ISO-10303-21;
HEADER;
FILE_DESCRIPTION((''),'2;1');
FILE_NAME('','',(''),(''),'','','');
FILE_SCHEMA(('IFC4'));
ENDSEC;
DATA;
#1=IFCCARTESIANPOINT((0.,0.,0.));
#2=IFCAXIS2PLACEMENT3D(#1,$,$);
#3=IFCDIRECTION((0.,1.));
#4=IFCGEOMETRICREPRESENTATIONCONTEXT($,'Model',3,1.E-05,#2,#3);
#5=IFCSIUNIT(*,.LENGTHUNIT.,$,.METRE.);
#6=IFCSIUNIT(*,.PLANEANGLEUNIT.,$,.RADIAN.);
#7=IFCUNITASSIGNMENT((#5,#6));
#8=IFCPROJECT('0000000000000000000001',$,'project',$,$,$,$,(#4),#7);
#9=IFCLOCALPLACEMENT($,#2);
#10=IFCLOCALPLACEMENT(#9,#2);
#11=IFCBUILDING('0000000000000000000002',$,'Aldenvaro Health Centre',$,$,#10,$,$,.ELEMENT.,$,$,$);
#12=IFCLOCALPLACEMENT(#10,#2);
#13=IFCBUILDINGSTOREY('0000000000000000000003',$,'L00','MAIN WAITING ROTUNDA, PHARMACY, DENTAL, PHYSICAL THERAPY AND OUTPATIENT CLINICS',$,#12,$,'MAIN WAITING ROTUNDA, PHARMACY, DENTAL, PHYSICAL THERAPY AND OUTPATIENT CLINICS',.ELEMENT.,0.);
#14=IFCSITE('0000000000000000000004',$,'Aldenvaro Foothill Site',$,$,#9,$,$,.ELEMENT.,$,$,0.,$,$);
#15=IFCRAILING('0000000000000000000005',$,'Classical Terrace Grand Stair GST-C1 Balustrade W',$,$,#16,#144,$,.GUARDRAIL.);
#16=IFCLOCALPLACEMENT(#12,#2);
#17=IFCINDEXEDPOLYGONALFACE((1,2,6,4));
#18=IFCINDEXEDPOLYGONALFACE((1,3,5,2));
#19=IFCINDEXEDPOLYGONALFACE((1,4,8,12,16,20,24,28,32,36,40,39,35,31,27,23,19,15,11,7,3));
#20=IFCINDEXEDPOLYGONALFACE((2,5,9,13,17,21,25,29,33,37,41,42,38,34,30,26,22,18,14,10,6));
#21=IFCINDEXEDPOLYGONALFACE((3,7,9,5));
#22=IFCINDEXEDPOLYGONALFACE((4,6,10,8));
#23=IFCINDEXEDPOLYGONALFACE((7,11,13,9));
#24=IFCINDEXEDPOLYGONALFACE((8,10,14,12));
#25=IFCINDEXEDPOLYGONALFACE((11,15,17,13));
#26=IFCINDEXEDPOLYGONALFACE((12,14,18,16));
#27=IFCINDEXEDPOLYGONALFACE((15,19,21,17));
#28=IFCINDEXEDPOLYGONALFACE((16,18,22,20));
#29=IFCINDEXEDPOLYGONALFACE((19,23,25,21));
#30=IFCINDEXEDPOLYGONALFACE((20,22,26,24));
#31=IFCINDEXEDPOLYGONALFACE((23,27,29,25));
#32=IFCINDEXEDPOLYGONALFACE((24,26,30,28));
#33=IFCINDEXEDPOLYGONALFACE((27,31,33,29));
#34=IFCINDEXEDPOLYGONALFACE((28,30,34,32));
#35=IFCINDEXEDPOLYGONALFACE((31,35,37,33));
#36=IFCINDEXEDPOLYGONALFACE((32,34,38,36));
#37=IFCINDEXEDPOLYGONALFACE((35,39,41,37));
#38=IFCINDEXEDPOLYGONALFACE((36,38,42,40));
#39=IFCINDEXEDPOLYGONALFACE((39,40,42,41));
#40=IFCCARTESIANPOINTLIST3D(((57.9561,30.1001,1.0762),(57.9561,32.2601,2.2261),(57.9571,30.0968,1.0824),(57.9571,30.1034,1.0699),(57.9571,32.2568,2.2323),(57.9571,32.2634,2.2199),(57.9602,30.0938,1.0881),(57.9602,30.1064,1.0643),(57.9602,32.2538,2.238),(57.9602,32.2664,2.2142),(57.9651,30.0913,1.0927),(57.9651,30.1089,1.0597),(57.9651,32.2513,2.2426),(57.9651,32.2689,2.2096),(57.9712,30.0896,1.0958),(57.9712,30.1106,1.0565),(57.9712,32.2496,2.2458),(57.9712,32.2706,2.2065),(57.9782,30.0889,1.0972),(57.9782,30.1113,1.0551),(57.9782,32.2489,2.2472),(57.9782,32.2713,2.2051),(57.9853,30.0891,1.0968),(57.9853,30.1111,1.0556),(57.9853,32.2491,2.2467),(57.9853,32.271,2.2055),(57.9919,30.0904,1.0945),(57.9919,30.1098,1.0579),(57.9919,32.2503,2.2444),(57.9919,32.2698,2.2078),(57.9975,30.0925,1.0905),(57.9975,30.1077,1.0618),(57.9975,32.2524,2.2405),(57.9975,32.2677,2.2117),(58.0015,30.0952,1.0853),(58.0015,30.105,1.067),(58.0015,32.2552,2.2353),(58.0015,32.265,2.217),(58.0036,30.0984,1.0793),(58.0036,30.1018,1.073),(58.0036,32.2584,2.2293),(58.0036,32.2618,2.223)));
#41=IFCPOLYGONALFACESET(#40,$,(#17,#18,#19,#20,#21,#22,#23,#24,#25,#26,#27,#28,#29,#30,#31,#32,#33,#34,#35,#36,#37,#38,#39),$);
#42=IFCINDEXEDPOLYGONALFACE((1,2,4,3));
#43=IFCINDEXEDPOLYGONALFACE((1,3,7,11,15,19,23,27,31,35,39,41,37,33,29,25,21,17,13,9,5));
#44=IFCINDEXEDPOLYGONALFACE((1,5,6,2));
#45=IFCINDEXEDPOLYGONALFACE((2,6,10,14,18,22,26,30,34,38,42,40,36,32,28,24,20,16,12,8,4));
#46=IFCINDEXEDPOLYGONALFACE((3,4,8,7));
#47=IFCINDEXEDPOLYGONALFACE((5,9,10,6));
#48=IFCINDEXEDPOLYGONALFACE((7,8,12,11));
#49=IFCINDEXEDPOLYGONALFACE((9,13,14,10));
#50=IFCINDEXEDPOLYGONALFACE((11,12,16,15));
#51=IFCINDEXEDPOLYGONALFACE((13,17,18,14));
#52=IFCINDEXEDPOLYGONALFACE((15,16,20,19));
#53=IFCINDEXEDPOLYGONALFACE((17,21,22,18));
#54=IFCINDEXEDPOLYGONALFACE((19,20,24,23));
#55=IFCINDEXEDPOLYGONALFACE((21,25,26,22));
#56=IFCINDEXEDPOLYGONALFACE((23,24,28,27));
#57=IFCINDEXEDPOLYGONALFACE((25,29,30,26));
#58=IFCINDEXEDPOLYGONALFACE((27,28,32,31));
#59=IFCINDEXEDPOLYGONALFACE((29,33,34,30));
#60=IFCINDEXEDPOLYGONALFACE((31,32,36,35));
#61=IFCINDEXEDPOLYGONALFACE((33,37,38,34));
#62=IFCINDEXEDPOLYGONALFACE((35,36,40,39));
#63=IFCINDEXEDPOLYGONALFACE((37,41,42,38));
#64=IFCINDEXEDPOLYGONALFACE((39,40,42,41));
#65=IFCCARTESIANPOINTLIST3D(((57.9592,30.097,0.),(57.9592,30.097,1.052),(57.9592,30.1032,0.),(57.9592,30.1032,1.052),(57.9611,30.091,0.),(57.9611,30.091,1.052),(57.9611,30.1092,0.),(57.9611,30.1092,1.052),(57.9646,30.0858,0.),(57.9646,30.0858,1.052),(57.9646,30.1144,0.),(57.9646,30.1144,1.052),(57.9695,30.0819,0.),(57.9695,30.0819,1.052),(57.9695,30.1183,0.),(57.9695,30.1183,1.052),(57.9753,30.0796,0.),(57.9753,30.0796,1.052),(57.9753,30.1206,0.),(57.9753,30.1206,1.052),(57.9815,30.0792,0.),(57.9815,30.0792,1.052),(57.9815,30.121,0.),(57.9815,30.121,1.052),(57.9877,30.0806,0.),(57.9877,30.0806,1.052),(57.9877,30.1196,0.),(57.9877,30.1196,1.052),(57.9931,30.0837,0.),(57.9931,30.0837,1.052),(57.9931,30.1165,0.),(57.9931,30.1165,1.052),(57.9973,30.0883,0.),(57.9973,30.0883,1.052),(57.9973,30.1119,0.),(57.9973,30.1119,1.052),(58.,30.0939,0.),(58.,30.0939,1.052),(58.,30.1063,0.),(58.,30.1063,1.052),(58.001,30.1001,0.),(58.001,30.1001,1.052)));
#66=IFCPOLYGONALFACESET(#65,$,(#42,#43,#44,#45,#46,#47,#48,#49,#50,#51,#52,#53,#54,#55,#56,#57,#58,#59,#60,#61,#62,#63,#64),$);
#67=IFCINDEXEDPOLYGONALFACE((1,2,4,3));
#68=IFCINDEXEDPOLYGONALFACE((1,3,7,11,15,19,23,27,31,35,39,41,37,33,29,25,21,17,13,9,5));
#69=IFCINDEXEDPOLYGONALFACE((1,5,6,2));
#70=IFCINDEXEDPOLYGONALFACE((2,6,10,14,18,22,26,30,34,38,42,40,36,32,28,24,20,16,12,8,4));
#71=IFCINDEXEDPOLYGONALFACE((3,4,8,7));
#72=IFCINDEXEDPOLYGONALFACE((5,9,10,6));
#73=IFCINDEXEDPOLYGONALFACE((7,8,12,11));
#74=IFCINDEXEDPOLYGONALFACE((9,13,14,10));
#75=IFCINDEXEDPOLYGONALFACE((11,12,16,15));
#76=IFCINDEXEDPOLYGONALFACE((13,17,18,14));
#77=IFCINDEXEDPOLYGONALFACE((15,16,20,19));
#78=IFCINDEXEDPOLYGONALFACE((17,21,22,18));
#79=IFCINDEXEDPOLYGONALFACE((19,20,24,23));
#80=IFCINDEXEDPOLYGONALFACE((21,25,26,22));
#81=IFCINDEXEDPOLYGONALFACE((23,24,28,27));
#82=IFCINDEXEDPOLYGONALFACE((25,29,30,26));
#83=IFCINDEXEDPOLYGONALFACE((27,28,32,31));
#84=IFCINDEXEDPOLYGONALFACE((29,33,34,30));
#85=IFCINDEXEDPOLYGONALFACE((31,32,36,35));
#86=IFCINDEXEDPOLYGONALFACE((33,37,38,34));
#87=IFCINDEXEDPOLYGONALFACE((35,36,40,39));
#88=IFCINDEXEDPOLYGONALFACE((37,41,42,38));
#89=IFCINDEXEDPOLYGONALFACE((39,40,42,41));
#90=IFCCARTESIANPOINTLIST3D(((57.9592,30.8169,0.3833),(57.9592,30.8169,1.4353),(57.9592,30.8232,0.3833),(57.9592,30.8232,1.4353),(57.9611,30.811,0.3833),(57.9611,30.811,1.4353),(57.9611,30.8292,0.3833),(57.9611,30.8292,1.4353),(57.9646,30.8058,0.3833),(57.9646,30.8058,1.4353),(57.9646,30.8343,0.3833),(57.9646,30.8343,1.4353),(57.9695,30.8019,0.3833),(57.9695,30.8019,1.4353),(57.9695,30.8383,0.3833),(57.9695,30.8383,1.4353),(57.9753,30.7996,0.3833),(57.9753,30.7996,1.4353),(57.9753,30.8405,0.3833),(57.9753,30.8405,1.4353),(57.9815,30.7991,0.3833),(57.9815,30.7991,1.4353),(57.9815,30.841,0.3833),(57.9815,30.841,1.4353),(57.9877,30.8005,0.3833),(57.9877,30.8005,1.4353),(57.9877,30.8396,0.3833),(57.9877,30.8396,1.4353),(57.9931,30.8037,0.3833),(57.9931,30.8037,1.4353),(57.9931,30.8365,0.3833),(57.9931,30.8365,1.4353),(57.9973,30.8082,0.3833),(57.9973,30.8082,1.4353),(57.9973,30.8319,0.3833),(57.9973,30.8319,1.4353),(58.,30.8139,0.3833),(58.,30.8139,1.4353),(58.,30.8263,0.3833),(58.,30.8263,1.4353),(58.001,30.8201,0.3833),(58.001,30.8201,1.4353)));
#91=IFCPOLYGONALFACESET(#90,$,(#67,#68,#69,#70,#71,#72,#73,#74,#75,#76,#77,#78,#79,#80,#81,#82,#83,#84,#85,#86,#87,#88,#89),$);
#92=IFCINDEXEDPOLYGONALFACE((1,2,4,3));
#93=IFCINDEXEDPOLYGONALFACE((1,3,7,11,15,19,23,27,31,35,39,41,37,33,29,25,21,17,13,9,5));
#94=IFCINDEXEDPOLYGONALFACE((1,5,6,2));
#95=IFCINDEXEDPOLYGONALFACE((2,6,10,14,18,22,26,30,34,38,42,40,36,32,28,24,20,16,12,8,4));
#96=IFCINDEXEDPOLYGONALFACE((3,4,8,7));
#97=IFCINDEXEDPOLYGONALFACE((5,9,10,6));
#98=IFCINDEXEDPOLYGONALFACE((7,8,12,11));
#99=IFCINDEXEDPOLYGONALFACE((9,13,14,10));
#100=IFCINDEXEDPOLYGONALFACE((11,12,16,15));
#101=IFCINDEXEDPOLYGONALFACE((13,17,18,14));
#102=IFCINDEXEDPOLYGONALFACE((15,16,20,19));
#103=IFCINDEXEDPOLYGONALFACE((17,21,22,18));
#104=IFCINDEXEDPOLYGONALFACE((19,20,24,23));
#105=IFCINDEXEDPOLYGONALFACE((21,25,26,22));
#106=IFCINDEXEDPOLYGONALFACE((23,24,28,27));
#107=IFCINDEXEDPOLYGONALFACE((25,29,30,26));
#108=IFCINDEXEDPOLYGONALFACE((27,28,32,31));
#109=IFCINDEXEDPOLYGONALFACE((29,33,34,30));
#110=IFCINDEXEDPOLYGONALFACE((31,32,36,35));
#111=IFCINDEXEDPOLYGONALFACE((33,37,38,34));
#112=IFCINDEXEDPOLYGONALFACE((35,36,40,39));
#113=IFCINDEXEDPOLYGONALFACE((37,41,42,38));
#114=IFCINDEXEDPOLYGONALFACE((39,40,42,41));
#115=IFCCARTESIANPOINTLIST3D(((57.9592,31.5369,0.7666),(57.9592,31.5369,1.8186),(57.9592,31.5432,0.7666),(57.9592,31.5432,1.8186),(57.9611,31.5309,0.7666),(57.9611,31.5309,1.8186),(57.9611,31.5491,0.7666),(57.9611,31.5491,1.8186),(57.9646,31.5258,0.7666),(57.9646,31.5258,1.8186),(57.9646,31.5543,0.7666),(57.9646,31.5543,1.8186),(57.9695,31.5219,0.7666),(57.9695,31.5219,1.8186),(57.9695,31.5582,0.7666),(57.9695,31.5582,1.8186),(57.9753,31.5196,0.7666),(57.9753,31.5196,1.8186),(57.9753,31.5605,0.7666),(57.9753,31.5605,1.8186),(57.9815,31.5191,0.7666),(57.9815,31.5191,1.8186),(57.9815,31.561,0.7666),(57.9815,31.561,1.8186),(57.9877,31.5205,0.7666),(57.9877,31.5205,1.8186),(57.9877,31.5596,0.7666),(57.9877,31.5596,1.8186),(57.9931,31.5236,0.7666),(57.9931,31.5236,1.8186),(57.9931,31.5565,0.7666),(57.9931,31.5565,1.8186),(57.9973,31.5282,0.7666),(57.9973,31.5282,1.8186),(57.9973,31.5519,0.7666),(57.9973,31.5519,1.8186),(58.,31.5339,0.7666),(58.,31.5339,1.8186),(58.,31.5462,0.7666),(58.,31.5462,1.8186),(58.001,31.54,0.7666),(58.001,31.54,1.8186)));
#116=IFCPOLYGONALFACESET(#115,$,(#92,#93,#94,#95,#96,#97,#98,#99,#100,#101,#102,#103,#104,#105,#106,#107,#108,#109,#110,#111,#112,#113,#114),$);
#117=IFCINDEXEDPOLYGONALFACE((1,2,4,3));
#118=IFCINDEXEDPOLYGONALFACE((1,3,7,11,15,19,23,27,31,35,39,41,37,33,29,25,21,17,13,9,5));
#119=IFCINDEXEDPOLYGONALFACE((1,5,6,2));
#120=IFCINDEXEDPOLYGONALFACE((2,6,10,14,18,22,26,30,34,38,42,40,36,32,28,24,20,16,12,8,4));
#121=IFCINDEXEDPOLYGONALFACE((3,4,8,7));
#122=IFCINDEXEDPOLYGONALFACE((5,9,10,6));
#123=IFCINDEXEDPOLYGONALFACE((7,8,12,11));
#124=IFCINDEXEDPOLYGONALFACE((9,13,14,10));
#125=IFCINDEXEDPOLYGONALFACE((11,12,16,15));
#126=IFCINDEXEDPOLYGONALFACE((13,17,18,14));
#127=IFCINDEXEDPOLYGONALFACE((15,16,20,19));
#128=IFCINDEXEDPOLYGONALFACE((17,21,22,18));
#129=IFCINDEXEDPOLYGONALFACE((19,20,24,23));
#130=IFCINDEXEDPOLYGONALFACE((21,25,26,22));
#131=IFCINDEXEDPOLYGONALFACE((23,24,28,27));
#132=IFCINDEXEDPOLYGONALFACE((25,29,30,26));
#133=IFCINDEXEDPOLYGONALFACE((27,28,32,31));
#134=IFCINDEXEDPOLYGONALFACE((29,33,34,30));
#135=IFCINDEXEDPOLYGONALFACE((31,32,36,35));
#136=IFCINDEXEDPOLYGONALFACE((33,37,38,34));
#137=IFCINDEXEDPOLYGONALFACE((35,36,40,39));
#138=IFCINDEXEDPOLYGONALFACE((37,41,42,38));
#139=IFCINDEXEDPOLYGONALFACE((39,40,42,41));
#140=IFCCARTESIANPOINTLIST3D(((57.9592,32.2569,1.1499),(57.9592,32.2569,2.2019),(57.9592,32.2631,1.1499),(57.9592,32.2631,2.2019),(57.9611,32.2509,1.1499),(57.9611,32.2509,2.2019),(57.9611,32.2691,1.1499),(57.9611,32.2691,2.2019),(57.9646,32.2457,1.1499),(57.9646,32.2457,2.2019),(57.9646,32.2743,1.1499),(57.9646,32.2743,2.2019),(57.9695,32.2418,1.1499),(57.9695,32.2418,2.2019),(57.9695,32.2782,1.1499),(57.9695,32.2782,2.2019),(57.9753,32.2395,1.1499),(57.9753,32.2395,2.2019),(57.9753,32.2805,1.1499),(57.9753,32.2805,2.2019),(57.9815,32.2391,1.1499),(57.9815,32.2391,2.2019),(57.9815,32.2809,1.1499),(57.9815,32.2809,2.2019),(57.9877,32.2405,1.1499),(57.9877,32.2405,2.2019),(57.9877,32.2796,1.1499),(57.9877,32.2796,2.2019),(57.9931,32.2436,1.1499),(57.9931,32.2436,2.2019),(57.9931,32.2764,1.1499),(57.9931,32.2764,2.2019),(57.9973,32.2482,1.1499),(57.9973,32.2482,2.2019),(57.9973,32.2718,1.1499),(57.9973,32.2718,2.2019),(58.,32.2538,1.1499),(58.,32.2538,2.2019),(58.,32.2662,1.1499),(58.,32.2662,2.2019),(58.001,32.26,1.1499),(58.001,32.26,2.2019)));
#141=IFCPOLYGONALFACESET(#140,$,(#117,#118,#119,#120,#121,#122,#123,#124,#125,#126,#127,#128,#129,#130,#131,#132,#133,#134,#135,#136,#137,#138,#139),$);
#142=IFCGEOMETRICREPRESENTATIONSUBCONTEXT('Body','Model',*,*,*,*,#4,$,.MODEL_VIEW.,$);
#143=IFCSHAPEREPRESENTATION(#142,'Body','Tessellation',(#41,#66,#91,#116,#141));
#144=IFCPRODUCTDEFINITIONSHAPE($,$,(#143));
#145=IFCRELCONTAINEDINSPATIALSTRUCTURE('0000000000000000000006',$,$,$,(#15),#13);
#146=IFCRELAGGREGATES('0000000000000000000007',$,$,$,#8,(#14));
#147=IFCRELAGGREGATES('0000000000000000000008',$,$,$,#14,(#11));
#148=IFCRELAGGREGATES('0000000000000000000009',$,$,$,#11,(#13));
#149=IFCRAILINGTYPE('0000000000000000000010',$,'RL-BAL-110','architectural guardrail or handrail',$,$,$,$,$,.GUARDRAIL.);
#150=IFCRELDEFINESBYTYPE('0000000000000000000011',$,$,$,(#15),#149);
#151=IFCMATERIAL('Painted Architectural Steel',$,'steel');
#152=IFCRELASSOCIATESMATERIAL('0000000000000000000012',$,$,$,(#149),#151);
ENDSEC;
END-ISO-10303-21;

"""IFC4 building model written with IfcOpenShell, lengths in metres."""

from ifc_helpers import new_model, si_unit, direction, frame, origin, origin_2d, place, context, subcontext, project, spatial, circle, extrude, material, type_object, element, save


model = new_model("IFC4")

# Units and contexts
model_context = context("Model", 3, precision=1e-05, world=origin(), true_north=direction((0.0, 1.0)))
body_context = subcontext(model_context, "Body", "Model", "MODEL_VIEW")
ifc_project = project(units=[si_unit("LENGTHUNIT", "METRE"), si_unit("PLANEANGLEUNIT", "RADIAN")], contexts=[model_context])

# Site, building, storey
site_placement = place(None, origin())
site = spatial("IfcSite", under=ifc_project, at=site_placement, Name="Aldenvaro Foothill Site", CompositionType="ELEMENT", RefElevation=0.0)
building_placement = place(site_placement, origin())
building = spatial("IfcBuilding", under=site, at=building_placement, Name="Aldenvaro Health Centre", CompositionType="ELEMENT")
storey_placement = place(building_placement, origin())
storey = spatial("IfcBuildingStorey", under=building, at=storey_placement, Name="L00", Description="MAIN WAITING ROTUNDA, PHARMACY, DENTAL, PHYSICAL THERAPY AND OUTPATIENT CLINICS", LongName="MAIN WAITING ROTUNDA, PHARMACY, DENTAL, PHYSICAL THERAPY AND OUTPATIENT CLINICS", CompositionType="ELEMENT", Elevation=0.0)

# Railing
ifc_material_1 = material(Name="Painted Architectural Steel", Category="steel")
railing_type_1 = type_object("IfcRailingType", Name="RL-BAL-110", Description="architectural guardrail or handrail", PredefinedType="GUARDRAIL", material=ifc_material_1)
railing_1_placement = place(storey_placement, frame((57.98, 30.1001, 0.0)))
element("IfcRailing", 1, at=railing_1_placement, inside=storey, type_object=railing_type_1, Name="Classical Terrace Grand Stair GST-C1 Balustrade W", PredefinedType="GUARDRAIL", context=body_context, shape_type="SweptSolid", body=[
    extrude(circle(Radius=0.0239, at=origin_2d()), frame((0.0, 0.0, 1.0762), z_axis=(0.0, 0.882701, 0.469936), x_axis=(-1.0, 0.0, 0.0)), (0.0, 0.0, 1.0), 2.447),
    extrude(circle(Radius=0.021, at=origin_2d()), origin(), (0.0, 0.0, 1.0), 1.052),
    extrude(circle(Radius=0.021, at=origin_2d()), frame((0.0, 0.72, 0.3833)), (0.0, 0.0, 1.0), 1.052),
    extrude(circle(Radius=0.021, at=origin_2d()), frame((0.0, 1.4399, 0.7666)), (0.0, 0.0, 1.0), 1.052),
    extrude(circle(Radius=0.021, at=origin_2d()), frame((0.0, 2.1599, 1.1499)), (0.0, 0.0, 1.0), 1.052),
])

save(model, "model.ifc")
